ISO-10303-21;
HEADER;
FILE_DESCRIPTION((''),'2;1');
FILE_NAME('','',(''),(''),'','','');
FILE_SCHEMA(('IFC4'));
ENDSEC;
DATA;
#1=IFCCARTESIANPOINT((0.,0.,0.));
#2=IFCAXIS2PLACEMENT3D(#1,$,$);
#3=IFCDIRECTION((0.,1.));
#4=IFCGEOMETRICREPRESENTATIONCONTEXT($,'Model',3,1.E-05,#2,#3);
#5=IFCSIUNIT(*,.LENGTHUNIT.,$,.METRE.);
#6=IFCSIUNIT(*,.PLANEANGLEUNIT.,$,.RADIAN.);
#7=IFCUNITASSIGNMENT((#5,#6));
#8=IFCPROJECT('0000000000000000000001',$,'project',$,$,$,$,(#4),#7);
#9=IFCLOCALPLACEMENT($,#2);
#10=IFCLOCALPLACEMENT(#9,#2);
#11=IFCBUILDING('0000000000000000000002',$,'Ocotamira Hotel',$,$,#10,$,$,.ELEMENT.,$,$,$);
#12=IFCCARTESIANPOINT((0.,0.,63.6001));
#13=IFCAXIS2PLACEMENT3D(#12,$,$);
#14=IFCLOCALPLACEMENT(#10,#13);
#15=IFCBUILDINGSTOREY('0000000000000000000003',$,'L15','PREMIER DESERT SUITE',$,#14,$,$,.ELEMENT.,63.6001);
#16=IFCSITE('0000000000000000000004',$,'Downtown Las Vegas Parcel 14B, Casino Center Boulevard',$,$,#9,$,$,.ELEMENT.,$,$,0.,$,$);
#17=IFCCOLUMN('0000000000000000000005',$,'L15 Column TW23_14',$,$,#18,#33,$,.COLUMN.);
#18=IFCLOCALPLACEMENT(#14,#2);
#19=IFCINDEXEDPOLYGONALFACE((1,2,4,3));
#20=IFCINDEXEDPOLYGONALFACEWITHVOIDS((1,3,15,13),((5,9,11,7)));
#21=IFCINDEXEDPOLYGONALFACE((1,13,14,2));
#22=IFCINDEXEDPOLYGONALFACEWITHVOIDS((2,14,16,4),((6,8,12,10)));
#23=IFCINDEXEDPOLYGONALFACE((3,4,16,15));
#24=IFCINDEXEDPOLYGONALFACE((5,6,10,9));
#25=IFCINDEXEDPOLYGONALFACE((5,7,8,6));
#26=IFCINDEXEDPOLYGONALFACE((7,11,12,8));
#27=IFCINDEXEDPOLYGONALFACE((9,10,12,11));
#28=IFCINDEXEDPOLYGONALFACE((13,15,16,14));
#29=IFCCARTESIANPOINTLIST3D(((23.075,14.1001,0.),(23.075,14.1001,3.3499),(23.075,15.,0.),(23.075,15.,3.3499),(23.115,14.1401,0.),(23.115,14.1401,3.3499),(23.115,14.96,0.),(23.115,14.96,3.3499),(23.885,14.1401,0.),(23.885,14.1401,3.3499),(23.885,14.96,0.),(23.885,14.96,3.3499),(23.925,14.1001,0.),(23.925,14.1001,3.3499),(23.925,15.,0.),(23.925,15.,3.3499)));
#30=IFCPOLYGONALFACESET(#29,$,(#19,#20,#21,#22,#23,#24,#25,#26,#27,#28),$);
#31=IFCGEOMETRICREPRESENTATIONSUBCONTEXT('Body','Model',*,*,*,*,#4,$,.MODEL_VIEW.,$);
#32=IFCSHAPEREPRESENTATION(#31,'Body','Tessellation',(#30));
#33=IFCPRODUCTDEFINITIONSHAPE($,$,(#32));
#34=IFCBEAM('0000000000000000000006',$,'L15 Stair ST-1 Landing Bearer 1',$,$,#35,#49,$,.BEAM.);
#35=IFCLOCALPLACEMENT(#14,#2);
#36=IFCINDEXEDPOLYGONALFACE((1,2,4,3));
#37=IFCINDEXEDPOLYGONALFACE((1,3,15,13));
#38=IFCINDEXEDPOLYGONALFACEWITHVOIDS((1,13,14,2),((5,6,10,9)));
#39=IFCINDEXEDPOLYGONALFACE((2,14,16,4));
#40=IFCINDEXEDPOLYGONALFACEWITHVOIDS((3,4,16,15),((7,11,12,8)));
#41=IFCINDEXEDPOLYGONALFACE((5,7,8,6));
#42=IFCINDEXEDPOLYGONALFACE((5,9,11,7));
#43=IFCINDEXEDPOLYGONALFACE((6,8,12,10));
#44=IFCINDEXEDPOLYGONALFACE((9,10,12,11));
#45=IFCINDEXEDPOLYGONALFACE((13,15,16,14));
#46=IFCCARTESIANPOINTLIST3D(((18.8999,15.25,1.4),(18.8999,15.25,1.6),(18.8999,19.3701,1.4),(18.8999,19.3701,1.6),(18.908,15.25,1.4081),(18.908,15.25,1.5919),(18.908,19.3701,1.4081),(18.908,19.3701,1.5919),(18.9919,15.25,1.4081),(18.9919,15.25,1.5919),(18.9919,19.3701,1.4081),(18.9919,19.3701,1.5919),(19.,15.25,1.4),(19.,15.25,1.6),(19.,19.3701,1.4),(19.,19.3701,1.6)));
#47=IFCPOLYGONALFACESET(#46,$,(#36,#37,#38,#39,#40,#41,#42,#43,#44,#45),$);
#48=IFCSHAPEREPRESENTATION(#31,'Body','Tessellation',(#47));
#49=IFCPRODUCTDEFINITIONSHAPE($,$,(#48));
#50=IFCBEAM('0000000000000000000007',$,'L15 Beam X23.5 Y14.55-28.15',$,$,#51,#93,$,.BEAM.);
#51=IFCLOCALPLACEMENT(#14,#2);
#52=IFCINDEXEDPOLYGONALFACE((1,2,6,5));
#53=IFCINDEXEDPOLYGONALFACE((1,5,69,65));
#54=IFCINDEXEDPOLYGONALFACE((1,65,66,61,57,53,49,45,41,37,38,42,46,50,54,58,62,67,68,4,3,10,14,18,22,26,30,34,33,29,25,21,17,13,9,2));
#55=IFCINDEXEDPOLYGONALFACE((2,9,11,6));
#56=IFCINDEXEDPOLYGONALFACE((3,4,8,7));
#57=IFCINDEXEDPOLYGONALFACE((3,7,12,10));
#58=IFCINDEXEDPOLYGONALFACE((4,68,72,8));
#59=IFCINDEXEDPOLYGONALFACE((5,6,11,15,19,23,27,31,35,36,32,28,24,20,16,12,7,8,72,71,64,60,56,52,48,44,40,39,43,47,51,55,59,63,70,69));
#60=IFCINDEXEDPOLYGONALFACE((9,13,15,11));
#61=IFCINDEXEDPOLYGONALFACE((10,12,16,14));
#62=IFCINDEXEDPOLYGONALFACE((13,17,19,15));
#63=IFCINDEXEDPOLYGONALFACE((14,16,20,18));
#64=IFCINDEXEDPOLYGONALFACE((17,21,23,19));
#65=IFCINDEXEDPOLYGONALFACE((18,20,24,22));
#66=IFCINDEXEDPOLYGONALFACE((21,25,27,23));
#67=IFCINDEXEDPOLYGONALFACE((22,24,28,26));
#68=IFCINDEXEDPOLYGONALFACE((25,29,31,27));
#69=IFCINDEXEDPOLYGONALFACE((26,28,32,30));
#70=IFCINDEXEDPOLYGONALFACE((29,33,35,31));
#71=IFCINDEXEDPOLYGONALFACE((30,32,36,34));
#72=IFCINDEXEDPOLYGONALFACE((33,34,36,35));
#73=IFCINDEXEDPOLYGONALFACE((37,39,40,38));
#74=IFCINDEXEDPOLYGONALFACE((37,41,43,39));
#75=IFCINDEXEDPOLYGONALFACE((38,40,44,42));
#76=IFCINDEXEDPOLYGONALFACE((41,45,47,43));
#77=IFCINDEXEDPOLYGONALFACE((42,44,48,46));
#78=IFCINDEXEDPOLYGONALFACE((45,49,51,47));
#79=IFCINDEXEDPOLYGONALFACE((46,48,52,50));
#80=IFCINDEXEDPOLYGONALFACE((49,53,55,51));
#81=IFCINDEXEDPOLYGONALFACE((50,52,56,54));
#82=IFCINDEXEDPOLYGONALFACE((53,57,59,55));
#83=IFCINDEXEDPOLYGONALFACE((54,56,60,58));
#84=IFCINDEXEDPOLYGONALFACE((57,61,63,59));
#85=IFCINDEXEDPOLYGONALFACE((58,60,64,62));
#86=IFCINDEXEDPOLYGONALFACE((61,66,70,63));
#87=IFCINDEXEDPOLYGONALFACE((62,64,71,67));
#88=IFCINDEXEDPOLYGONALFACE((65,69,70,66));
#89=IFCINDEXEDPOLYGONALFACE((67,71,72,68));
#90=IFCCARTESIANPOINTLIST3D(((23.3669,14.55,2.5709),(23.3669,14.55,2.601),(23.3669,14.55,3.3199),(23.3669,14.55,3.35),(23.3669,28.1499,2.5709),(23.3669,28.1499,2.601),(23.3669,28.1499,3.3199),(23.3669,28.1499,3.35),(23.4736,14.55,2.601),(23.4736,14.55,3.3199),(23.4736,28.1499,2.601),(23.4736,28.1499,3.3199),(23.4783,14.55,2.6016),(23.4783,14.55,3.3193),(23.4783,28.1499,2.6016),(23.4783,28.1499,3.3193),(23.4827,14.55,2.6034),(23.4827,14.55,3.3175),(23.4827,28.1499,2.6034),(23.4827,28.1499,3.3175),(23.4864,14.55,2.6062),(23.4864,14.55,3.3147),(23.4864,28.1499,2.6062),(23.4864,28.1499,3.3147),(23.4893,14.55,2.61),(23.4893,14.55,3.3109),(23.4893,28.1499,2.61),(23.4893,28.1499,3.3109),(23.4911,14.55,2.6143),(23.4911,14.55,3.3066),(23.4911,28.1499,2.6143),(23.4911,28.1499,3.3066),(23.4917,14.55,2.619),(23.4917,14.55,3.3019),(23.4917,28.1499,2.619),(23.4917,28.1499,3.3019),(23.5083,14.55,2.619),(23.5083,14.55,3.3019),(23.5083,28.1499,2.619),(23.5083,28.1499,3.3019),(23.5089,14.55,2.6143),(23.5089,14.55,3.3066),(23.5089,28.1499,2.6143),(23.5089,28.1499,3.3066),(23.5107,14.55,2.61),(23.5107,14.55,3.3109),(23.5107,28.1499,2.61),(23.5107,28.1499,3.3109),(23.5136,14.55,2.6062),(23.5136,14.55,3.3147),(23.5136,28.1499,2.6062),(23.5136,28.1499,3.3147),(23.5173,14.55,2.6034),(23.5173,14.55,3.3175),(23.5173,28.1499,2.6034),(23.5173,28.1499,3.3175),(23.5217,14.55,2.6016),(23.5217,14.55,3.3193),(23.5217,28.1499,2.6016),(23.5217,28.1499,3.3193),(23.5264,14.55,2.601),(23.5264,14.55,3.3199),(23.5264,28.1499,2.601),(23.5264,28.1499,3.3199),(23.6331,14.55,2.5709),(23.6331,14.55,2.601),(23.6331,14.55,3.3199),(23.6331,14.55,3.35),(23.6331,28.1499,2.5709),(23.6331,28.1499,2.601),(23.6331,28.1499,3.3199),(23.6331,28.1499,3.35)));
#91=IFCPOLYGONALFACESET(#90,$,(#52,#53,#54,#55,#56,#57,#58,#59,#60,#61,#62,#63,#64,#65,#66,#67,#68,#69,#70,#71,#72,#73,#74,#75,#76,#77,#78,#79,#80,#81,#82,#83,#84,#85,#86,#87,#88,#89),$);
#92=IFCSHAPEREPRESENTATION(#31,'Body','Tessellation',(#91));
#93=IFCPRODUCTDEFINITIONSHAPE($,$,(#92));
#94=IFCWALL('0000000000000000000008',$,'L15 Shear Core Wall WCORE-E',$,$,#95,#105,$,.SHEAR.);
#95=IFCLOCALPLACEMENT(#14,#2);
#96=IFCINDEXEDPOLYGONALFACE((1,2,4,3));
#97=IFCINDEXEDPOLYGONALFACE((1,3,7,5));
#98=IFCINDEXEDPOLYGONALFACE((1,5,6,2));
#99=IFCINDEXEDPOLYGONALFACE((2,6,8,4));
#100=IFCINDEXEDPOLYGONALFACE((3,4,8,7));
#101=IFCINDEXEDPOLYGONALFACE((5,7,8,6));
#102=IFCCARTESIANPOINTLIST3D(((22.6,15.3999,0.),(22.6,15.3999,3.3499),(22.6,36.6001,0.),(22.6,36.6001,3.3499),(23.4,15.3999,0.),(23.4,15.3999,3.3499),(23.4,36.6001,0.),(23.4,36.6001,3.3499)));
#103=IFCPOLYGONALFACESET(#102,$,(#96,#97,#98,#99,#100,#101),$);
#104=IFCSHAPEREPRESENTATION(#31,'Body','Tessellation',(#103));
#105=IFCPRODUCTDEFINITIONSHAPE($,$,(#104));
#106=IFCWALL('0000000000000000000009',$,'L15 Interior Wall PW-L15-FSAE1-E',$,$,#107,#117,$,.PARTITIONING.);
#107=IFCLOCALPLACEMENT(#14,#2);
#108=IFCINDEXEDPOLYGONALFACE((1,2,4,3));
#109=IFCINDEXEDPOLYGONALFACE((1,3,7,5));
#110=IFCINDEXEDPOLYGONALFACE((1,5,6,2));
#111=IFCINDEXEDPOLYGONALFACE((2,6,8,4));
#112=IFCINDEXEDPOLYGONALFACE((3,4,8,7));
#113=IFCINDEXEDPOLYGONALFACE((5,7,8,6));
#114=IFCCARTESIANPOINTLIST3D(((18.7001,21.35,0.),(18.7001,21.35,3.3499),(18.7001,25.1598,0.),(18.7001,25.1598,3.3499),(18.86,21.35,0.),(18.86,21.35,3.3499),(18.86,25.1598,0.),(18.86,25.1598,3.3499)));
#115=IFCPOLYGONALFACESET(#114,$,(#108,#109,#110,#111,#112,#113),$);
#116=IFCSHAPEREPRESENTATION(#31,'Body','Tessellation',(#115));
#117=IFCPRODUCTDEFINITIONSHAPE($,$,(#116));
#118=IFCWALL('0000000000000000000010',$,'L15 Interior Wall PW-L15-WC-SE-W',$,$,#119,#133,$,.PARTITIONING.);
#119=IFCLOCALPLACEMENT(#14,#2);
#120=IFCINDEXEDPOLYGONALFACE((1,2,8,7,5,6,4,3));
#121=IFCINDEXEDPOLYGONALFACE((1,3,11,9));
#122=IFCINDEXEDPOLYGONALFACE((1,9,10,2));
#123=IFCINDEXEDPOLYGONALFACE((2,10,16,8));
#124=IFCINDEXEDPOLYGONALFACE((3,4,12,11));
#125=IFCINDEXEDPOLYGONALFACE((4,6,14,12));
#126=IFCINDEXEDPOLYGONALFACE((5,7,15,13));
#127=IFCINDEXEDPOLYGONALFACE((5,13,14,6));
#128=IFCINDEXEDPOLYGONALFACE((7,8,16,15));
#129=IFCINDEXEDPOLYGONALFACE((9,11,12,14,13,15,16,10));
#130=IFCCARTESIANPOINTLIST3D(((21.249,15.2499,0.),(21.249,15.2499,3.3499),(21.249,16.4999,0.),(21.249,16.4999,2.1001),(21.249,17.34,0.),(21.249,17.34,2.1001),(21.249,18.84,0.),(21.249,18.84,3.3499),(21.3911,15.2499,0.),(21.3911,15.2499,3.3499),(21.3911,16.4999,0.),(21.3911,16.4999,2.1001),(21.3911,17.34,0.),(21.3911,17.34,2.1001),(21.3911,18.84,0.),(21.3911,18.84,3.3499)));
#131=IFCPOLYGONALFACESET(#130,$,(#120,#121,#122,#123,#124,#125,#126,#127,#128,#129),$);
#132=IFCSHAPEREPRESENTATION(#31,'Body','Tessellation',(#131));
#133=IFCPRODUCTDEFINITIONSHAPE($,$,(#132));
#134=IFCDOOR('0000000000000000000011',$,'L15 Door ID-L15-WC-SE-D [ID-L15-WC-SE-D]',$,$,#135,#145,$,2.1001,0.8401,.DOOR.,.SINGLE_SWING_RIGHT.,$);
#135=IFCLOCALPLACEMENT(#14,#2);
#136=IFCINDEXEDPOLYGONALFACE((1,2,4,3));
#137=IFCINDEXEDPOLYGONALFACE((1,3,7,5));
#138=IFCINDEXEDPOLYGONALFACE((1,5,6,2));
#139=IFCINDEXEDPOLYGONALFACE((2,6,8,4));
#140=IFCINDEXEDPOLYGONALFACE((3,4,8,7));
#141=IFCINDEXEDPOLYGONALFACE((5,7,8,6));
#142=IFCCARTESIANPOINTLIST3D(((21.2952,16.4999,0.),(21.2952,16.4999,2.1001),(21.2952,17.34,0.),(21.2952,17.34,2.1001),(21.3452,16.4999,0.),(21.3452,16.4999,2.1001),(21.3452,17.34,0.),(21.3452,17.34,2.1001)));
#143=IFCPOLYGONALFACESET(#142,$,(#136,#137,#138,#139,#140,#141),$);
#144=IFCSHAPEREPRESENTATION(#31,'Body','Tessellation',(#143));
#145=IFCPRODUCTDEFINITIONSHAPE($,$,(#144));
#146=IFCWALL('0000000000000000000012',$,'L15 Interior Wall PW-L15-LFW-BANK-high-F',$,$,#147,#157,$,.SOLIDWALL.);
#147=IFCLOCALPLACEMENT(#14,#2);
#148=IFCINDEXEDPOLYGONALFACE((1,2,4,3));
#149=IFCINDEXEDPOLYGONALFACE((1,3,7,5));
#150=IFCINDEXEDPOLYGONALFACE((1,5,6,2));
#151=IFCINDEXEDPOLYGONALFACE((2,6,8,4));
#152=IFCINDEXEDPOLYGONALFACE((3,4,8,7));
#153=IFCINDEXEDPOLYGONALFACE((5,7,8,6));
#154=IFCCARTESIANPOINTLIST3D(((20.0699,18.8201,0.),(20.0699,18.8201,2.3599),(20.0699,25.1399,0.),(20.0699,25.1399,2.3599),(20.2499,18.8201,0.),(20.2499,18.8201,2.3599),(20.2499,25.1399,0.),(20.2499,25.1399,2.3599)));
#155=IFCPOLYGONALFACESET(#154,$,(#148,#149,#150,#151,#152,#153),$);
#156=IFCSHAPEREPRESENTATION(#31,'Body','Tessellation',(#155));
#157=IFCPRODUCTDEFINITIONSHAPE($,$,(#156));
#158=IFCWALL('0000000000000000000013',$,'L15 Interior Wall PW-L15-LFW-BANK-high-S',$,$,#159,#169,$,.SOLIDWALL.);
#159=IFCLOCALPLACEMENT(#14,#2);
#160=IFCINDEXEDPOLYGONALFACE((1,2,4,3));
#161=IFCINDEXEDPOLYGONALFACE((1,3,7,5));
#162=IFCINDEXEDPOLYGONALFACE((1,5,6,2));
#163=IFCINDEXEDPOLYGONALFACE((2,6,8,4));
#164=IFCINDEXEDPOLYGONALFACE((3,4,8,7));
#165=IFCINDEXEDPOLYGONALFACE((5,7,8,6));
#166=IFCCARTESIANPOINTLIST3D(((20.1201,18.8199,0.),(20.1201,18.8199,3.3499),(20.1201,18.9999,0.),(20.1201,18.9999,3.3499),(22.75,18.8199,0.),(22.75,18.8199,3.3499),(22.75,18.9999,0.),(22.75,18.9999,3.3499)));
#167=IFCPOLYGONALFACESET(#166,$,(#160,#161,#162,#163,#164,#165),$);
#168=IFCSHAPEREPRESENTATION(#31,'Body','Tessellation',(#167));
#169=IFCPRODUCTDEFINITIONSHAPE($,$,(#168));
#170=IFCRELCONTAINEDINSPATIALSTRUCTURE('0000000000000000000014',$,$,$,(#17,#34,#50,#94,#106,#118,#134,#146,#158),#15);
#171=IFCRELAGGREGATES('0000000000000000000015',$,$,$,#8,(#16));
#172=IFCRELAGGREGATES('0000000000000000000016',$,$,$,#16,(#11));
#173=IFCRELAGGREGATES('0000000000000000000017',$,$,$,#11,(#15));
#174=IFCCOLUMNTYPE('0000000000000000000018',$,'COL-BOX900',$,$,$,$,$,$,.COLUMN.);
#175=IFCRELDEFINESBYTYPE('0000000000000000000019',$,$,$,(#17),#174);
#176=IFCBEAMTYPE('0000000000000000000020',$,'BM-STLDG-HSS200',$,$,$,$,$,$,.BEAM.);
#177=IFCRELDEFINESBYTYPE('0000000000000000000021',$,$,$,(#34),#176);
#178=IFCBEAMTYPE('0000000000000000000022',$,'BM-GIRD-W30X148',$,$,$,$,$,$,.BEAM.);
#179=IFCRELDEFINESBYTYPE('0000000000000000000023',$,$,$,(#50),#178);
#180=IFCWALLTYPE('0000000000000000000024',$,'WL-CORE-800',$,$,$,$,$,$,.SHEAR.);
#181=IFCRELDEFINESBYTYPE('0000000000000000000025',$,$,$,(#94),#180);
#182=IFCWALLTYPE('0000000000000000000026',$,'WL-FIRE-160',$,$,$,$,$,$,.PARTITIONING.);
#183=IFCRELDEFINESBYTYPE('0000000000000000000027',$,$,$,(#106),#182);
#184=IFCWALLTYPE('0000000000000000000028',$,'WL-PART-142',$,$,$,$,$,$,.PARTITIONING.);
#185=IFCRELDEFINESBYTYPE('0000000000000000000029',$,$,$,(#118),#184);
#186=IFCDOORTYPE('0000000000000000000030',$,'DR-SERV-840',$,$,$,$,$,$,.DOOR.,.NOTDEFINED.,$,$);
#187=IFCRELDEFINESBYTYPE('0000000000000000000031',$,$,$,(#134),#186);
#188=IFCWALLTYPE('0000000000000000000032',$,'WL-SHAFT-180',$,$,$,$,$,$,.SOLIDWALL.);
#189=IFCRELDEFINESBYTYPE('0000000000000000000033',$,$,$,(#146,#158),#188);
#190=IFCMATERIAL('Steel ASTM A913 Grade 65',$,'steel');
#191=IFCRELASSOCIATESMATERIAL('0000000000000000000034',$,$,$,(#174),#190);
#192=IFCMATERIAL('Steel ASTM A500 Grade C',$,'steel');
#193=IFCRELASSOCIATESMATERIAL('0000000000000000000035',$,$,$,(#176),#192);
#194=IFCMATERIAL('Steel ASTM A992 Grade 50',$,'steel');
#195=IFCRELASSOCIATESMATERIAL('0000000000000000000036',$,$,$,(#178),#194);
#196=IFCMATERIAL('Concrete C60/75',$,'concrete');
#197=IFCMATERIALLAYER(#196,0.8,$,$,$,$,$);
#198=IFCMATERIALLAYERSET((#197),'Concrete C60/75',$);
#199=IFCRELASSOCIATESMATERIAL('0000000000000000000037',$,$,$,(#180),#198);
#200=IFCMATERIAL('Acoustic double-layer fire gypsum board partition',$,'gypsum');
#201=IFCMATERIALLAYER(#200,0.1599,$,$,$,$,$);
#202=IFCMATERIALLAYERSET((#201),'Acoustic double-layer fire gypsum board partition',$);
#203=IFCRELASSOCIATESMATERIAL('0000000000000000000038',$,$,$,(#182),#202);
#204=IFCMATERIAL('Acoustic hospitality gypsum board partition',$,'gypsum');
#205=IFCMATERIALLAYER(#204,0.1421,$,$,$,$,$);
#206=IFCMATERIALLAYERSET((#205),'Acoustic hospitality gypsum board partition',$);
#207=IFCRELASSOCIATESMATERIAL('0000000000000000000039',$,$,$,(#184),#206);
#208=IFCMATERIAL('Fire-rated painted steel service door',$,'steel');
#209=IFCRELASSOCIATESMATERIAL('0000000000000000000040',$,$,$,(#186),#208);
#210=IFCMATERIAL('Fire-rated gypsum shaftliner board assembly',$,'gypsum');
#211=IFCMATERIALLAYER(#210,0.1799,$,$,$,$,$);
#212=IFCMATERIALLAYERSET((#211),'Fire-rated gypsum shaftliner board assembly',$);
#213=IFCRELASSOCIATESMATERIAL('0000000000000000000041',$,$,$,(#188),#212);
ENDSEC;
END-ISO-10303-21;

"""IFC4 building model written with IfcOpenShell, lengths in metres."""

from ifc_helpers import new_model, si_unit, direction, frame, frame_2d, origin, origin_2d, place, context, subcontext, project, spatial, rectangle, hollow_rectangle, i_section, extrude, source, transform, mapped, material, layer, layer_set, material_profile, profile_set, type_object, element, fill, save


model = new_model("IFC4")

# Units and contexts
model_context = context("Model", 3, precision=1e-05, world=origin(), true_north=direction((0.0, 1.0)))
body_context = subcontext(model_context, "Body", "Model", "MODEL_VIEW")
ifc_project = project(units=[si_unit("LENGTHUNIT", "METRE"), si_unit("PLANEANGLEUNIT", "RADIAN")], contexts=[model_context])

# Site, building, storey
site_placement = place(None, origin())
site = spatial("IfcSite", under=ifc_project, at=site_placement, Name="Downtown Las Vegas Parcel 14B, Casino Center Boulevard", CompositionType="ELEMENT", RefElevation=0.0)
building_placement = place(site_placement, origin())
building = spatial("IfcBuilding", under=site, at=building_placement, Name="Ocotamira Hotel", CompositionType="ELEMENT")
storey_placement = place(building_placement, frame((0.0, 0.0, 63.6001)))
storey = spatial("IfcBuildingStorey", under=building, at=storey_placement, Name="L15", Description="PREMIER DESERT SUITE", CompositionType="ELEMENT", Elevation=63.6001)

# Column
ifc_material_1 = material(Name="Steel ASTM A913 Grade 65", Category="steel")
ifc_material_profile_1 = material_profile(ifc_material_1, hollow_rectangle(XDim=0.8501, YDim=0.8999, WallThickness=0.04, at=origin_2d()), Name="BOX900X850X40")
ifc_profile_set_1 = profile_set([ifc_material_profile_1], Name="Steel ASTM A913 Grade 65")
column_type = type_object("IfcColumnType", Name="COL-BOX900", PredefinedType="COLUMN", material=ifc_profile_set_1)
shared_shape_1 = source(origin(), body_context, "Body", "SweptSolid", [
    extrude(hollow_rectangle(XDim=0.8501, YDim=0.8999, WallThickness=0.04, at=origin_2d()), origin(), (0.0, 0.0, 1.0), 3.3499),
])
column_placement = place(storey_placement, frame((23.5, 14.55, 0.0), z_axis=(0.0, 0.0, 1.0), x_axis=(1.0, 0.0, 0.0)))
element("IfcColumn", 1, at=column_placement, inside=storey, type_object=column_type, Name="L15 Column TW23_14", PredefinedType="COLUMN", context=body_context, shape_type="MappedRepresentation", body=[
    mapped(shared_shape_1, transform((0.0, 0.0, 0.0), scale=1.0)),
])

# Beams
ifc_material_2 = material(Name="Steel ASTM A500 Grade C", Category="steel")
ifc_material_profile_2 = material_profile(ifc_material_2, hollow_rectangle(XDim=0.1001, YDim=0.2, WallThickness=0.0081, at=origin_2d()), Name="HSS200X100X8")
ifc_profile_set_2 = profile_set([ifc_material_profile_2], Name="Steel ASTM A500 Grade C")
beam_type_1 = type_object("IfcBeamType", Name="BM-STLDG-HSS200", PredefinedType="BEAM", material=ifc_profile_set_2)
shared_shape_2 = source(origin(), body_context, "Body", "SweptSolid", [
    extrude(hollow_rectangle(XDim=0.1001, YDim=0.2, WallThickness=0.0081, at=origin_2d()), origin(), (0.0, 0.0, 1.0), 4.1201),
])
beam_1_placement = place(storey_placement, frame((18.95, 15.25, 1.5), z_axis=(0.0, 1.0, 0.0), x_axis=(-1.0, 0.0, 0.0)))
element("IfcBeam", 2, at=beam_1_placement, inside=storey, type_object=beam_type_1, Name="L15 Stair ST-1 Landing Bearer 1", PredefinedType="BEAM", context=body_context, shape_type="MappedRepresentation", body=[
    mapped(shared_shape_2, transform((0.0, 0.0, 0.0), scale=1.0)),
])
ifc_material_3 = material(Name="Steel ASTM A992 Grade 50", Category="steel")
ifc_material_profile_3 = material_profile(ifc_material_3, i_section(OverallWidth=0.2661, OverallDepth=0.7791, WebThickness=0.0166, FlangeThickness=0.03, FilletRadius=0.0181, at=origin_2d()), Name="W30X148")
ifc_profile_set_3 = profile_set([ifc_material_profile_3], Name="Steel ASTM A992 Grade 50")
beam_type_2 = type_object("IfcBeamType", Name="BM-GIRD-W30X148", PredefinedType="BEAM", material=ifc_profile_set_3)
shared_shape_3 = source(origin(), body_context, "Body", "SweptSolid", [
    extrude(i_section(OverallWidth=0.2661, OverallDepth=0.7791, WebThickness=0.0166, FlangeThickness=0.03, FilletRadius=0.0181, at=origin_2d()), origin(), (0.0, 0.0, 1.0), 13.5999),
])
beam_2_placement = place(storey_placement, frame((23.5, 14.55, 2.9604), z_axis=(0.0, 1.0, 0.0), x_axis=(-1.0, 0.0, 0.0)))
element("IfcBeam", 3, at=beam_2_placement, inside=storey, type_object=beam_type_2, Name="L15 Beam X23.5 Y14.55-28.15", PredefinedType="BEAM", context=body_context, shape_type="MappedRepresentation", body=[
    mapped(shared_shape_3, transform((0.0, 0.0, 0.0), scale=1.0)),
])

# Wall
ifc_material_4 = material(Name="Concrete C60/75", Category="concrete")
ifc_layer_1 = layer(ifc_material_4, 0.8)
ifc_layer_set_1 = layer_set([ifc_layer_1], Name="Concrete C60/75")
wall_type_1 = type_object("IfcWallType", Name="WL-CORE-800", PredefinedType="SHEAR", material=ifc_layer_set_1)
wall_1_placement = place(storey_placement, frame((23.0, 15.3999, 0.0), z_axis=(0.0, 0.0, 1.0), x_axis=(0.0, 1.0, 0.0)))
element("IfcWall", 4, at=wall_1_placement, inside=storey, type_object=wall_type_1, Name="L15 Shear Core Wall WCORE-E", PredefinedType="SHEAR", context=body_context, shape_type="SweptSolid", body=[
    extrude(rectangle(XDim=21.2002, YDim=0.8, at=frame_2d((10.6001, 0.0))), origin(), (0.0, 0.0, 1.0), 3.3499),
])

# Shared definitions
ifc_material_5 = material(Name="Acoustic double-layer fire gypsum board partition", Category="gypsum")
ifc_layer_2 = layer(ifc_material_5, 0.1599)
ifc_layer_set_2 = layer_set([ifc_layer_2], Name="Acoustic double-layer fire gypsum board partition")
wall_type_2 = type_object("IfcWallType", Name="WL-FIRE-160", PredefinedType="PARTITIONING", material=ifc_layer_set_2)

# Wall
wall_2_placement = place(storey_placement, frame((18.78, 21.3501, 0.0), z_axis=(0.0, 0.0, 1.0), x_axis=(0.0, 1.0, 0.0)))
element("IfcWall", 5, at=wall_2_placement, inside=storey, type_object=wall_type_2, Name="L15 Interior Wall PW-L15-FSAE1-E", PredefinedType="PARTITIONING", context=body_context, shape_type="SweptSolid", body=[
    extrude(rectangle(XDim=3.8098, YDim=0.1599, at=frame_2d((1.9048, 0.0))), origin(), (0.0, 0.0, 1.0), 3.3499),
])

# Wall, opening, door
ifc_material_6 = material(Name="Acoustic hospitality gypsum board partition", Category="gypsum")
ifc_layer_3 = layer(ifc_material_6, 0.1421)
ifc_layer_set_3 = layer_set([ifc_layer_3], Name="Acoustic hospitality gypsum board partition")
wall_type_3 = type_object("IfcWallType", Name="WL-PART-142", PredefinedType="PARTITIONING", material=ifc_layer_set_3)
wall_3_placement = place(storey_placement, frame((21.3201, 15.25, 0.0), z_axis=(0.0, 0.0, 1.0), x_axis=(0.0, 1.0, 0.0)))
wall_3 = element("IfcWall", 6, at=wall_3_placement, inside=storey, type_object=wall_type_3, Name="L15 Interior Wall PW-L15-WC-SE-W", PredefinedType="PARTITIONING", context=body_context, shape_type="SweptSolid", body=[
    extrude(rectangle(XDim=3.5901, YDim=0.1421, at=frame_2d((1.7949, 0.0))), origin(), (0.0, 0.0, 1.0), 3.3499),
])
opening_1_placement = place(wall_3_placement, frame((1.25, 0.0, 0.0)))
opening_1 = element("IfcOpeningElement", 7, at=opening_1_placement, cuts=wall_3, PredefinedType="OPENING", context=body_context, shape_type="SweptSolid", body=[
    extrude(rectangle(XDim=0.8401, YDim=2.1001, at=frame_2d((0.4199, 1.05))), frame((0.0, 0.0811, 0.0), z_axis=(0.0, -1.0, 0.0), x_axis=(1.0, 0.0, 0.0)), (0.0, 0.0, 1.0), 0.1621),
])
ifc_material_7 = material(Name="Fire-rated painted steel service door", Category="steel")
door_type_1 = type_object("IfcDoorType", Name="DR-SERV-840", OperationType="NOTDEFINED", PredefinedType="DOOR", material=ifc_material_7)
shared_shape_4 = source(origin(), body_context, "Body", "SweptSolid", [
    extrude(rectangle(XDim=0.8401, YDim=2.1001, at=frame_2d((0.4199, 1.05))), frame((0.0, 0.0249, 0.0), z_axis=(0.0, -1.0, 0.0), x_axis=(1.0, 0.0, 0.0)), (0.0, 0.0, 1.0), 0.05),
])
door_1_placement = place(opening_1_placement, origin())
door_1 = element("IfcDoor", 8, at=door_1_placement, inside=storey, type_object=door_type_1, Name="L15 Door ID-L15-WC-SE-D [ID-L15-WC-SE-D]", OperationType="SINGLE_SWING_RIGHT", OverallHeight=2.1001, OverallWidth=0.8401, PredefinedType="DOOR", context=body_context, shape_type="MappedRepresentation", body=[
    mapped(shared_shape_4, transform((0.0, 0.0, 0.0), scale=1.0)),
])
fill(opening_1, door_1)

# Walls
ifc_material_8 = material(Name="Fire-rated gypsum shaftliner board assembly", Category="gypsum")
ifc_layer_4 = layer(ifc_material_8, 0.1799)
ifc_layer_set_4 = layer_set([ifc_layer_4], Name="Fire-rated gypsum shaftliner board assembly")
wall_type_4 = type_object("IfcWallType", Name="WL-SHAFT-180", PredefinedType="SOLIDWALL", material=ifc_layer_set_4)
wall_4_placement = place(storey_placement, frame((20.1599, 18.8201, 0.0), z_axis=(0.0, 0.0, 1.0), x_axis=(0.0, 1.0, 0.0)))
element("IfcWall", 9, at=wall_4_placement, inside=storey, type_object=wall_type_4, Name="L15 Interior Wall PW-L15-LFW-BANK-high-F", PredefinedType="SOLIDWALL", context=body_context, shape_type="SweptSolid", body=[
    extrude(rectangle(XDim=6.3198, YDim=0.1799, at=frame_2d((3.1599, 0.0))), origin(), (0.0, 0.0, 1.0), 2.3599),
])
wall_5_placement = place(storey_placement, frame((20.1201, 18.9099, 0.0), z_axis=(0.0, 0.0, 1.0), x_axis=(1.0, 0.0, 0.0)))
element("IfcWall", 10, at=wall_5_placement, inside=storey, type_object=wall_type_4, Name="L15 Interior Wall PW-L15-LFW-BANK-high-S", PredefinedType="SOLIDWALL", context=body_context, shape_type="SweptSolid", body=[
    extrude(rectangle(XDim=2.6299, YDim=0.1799, at=frame_2d((1.3149, 0.0))), origin(), (0.0, 0.0, 1.0), 3.3499),
])

save(model, "model.ifc")
